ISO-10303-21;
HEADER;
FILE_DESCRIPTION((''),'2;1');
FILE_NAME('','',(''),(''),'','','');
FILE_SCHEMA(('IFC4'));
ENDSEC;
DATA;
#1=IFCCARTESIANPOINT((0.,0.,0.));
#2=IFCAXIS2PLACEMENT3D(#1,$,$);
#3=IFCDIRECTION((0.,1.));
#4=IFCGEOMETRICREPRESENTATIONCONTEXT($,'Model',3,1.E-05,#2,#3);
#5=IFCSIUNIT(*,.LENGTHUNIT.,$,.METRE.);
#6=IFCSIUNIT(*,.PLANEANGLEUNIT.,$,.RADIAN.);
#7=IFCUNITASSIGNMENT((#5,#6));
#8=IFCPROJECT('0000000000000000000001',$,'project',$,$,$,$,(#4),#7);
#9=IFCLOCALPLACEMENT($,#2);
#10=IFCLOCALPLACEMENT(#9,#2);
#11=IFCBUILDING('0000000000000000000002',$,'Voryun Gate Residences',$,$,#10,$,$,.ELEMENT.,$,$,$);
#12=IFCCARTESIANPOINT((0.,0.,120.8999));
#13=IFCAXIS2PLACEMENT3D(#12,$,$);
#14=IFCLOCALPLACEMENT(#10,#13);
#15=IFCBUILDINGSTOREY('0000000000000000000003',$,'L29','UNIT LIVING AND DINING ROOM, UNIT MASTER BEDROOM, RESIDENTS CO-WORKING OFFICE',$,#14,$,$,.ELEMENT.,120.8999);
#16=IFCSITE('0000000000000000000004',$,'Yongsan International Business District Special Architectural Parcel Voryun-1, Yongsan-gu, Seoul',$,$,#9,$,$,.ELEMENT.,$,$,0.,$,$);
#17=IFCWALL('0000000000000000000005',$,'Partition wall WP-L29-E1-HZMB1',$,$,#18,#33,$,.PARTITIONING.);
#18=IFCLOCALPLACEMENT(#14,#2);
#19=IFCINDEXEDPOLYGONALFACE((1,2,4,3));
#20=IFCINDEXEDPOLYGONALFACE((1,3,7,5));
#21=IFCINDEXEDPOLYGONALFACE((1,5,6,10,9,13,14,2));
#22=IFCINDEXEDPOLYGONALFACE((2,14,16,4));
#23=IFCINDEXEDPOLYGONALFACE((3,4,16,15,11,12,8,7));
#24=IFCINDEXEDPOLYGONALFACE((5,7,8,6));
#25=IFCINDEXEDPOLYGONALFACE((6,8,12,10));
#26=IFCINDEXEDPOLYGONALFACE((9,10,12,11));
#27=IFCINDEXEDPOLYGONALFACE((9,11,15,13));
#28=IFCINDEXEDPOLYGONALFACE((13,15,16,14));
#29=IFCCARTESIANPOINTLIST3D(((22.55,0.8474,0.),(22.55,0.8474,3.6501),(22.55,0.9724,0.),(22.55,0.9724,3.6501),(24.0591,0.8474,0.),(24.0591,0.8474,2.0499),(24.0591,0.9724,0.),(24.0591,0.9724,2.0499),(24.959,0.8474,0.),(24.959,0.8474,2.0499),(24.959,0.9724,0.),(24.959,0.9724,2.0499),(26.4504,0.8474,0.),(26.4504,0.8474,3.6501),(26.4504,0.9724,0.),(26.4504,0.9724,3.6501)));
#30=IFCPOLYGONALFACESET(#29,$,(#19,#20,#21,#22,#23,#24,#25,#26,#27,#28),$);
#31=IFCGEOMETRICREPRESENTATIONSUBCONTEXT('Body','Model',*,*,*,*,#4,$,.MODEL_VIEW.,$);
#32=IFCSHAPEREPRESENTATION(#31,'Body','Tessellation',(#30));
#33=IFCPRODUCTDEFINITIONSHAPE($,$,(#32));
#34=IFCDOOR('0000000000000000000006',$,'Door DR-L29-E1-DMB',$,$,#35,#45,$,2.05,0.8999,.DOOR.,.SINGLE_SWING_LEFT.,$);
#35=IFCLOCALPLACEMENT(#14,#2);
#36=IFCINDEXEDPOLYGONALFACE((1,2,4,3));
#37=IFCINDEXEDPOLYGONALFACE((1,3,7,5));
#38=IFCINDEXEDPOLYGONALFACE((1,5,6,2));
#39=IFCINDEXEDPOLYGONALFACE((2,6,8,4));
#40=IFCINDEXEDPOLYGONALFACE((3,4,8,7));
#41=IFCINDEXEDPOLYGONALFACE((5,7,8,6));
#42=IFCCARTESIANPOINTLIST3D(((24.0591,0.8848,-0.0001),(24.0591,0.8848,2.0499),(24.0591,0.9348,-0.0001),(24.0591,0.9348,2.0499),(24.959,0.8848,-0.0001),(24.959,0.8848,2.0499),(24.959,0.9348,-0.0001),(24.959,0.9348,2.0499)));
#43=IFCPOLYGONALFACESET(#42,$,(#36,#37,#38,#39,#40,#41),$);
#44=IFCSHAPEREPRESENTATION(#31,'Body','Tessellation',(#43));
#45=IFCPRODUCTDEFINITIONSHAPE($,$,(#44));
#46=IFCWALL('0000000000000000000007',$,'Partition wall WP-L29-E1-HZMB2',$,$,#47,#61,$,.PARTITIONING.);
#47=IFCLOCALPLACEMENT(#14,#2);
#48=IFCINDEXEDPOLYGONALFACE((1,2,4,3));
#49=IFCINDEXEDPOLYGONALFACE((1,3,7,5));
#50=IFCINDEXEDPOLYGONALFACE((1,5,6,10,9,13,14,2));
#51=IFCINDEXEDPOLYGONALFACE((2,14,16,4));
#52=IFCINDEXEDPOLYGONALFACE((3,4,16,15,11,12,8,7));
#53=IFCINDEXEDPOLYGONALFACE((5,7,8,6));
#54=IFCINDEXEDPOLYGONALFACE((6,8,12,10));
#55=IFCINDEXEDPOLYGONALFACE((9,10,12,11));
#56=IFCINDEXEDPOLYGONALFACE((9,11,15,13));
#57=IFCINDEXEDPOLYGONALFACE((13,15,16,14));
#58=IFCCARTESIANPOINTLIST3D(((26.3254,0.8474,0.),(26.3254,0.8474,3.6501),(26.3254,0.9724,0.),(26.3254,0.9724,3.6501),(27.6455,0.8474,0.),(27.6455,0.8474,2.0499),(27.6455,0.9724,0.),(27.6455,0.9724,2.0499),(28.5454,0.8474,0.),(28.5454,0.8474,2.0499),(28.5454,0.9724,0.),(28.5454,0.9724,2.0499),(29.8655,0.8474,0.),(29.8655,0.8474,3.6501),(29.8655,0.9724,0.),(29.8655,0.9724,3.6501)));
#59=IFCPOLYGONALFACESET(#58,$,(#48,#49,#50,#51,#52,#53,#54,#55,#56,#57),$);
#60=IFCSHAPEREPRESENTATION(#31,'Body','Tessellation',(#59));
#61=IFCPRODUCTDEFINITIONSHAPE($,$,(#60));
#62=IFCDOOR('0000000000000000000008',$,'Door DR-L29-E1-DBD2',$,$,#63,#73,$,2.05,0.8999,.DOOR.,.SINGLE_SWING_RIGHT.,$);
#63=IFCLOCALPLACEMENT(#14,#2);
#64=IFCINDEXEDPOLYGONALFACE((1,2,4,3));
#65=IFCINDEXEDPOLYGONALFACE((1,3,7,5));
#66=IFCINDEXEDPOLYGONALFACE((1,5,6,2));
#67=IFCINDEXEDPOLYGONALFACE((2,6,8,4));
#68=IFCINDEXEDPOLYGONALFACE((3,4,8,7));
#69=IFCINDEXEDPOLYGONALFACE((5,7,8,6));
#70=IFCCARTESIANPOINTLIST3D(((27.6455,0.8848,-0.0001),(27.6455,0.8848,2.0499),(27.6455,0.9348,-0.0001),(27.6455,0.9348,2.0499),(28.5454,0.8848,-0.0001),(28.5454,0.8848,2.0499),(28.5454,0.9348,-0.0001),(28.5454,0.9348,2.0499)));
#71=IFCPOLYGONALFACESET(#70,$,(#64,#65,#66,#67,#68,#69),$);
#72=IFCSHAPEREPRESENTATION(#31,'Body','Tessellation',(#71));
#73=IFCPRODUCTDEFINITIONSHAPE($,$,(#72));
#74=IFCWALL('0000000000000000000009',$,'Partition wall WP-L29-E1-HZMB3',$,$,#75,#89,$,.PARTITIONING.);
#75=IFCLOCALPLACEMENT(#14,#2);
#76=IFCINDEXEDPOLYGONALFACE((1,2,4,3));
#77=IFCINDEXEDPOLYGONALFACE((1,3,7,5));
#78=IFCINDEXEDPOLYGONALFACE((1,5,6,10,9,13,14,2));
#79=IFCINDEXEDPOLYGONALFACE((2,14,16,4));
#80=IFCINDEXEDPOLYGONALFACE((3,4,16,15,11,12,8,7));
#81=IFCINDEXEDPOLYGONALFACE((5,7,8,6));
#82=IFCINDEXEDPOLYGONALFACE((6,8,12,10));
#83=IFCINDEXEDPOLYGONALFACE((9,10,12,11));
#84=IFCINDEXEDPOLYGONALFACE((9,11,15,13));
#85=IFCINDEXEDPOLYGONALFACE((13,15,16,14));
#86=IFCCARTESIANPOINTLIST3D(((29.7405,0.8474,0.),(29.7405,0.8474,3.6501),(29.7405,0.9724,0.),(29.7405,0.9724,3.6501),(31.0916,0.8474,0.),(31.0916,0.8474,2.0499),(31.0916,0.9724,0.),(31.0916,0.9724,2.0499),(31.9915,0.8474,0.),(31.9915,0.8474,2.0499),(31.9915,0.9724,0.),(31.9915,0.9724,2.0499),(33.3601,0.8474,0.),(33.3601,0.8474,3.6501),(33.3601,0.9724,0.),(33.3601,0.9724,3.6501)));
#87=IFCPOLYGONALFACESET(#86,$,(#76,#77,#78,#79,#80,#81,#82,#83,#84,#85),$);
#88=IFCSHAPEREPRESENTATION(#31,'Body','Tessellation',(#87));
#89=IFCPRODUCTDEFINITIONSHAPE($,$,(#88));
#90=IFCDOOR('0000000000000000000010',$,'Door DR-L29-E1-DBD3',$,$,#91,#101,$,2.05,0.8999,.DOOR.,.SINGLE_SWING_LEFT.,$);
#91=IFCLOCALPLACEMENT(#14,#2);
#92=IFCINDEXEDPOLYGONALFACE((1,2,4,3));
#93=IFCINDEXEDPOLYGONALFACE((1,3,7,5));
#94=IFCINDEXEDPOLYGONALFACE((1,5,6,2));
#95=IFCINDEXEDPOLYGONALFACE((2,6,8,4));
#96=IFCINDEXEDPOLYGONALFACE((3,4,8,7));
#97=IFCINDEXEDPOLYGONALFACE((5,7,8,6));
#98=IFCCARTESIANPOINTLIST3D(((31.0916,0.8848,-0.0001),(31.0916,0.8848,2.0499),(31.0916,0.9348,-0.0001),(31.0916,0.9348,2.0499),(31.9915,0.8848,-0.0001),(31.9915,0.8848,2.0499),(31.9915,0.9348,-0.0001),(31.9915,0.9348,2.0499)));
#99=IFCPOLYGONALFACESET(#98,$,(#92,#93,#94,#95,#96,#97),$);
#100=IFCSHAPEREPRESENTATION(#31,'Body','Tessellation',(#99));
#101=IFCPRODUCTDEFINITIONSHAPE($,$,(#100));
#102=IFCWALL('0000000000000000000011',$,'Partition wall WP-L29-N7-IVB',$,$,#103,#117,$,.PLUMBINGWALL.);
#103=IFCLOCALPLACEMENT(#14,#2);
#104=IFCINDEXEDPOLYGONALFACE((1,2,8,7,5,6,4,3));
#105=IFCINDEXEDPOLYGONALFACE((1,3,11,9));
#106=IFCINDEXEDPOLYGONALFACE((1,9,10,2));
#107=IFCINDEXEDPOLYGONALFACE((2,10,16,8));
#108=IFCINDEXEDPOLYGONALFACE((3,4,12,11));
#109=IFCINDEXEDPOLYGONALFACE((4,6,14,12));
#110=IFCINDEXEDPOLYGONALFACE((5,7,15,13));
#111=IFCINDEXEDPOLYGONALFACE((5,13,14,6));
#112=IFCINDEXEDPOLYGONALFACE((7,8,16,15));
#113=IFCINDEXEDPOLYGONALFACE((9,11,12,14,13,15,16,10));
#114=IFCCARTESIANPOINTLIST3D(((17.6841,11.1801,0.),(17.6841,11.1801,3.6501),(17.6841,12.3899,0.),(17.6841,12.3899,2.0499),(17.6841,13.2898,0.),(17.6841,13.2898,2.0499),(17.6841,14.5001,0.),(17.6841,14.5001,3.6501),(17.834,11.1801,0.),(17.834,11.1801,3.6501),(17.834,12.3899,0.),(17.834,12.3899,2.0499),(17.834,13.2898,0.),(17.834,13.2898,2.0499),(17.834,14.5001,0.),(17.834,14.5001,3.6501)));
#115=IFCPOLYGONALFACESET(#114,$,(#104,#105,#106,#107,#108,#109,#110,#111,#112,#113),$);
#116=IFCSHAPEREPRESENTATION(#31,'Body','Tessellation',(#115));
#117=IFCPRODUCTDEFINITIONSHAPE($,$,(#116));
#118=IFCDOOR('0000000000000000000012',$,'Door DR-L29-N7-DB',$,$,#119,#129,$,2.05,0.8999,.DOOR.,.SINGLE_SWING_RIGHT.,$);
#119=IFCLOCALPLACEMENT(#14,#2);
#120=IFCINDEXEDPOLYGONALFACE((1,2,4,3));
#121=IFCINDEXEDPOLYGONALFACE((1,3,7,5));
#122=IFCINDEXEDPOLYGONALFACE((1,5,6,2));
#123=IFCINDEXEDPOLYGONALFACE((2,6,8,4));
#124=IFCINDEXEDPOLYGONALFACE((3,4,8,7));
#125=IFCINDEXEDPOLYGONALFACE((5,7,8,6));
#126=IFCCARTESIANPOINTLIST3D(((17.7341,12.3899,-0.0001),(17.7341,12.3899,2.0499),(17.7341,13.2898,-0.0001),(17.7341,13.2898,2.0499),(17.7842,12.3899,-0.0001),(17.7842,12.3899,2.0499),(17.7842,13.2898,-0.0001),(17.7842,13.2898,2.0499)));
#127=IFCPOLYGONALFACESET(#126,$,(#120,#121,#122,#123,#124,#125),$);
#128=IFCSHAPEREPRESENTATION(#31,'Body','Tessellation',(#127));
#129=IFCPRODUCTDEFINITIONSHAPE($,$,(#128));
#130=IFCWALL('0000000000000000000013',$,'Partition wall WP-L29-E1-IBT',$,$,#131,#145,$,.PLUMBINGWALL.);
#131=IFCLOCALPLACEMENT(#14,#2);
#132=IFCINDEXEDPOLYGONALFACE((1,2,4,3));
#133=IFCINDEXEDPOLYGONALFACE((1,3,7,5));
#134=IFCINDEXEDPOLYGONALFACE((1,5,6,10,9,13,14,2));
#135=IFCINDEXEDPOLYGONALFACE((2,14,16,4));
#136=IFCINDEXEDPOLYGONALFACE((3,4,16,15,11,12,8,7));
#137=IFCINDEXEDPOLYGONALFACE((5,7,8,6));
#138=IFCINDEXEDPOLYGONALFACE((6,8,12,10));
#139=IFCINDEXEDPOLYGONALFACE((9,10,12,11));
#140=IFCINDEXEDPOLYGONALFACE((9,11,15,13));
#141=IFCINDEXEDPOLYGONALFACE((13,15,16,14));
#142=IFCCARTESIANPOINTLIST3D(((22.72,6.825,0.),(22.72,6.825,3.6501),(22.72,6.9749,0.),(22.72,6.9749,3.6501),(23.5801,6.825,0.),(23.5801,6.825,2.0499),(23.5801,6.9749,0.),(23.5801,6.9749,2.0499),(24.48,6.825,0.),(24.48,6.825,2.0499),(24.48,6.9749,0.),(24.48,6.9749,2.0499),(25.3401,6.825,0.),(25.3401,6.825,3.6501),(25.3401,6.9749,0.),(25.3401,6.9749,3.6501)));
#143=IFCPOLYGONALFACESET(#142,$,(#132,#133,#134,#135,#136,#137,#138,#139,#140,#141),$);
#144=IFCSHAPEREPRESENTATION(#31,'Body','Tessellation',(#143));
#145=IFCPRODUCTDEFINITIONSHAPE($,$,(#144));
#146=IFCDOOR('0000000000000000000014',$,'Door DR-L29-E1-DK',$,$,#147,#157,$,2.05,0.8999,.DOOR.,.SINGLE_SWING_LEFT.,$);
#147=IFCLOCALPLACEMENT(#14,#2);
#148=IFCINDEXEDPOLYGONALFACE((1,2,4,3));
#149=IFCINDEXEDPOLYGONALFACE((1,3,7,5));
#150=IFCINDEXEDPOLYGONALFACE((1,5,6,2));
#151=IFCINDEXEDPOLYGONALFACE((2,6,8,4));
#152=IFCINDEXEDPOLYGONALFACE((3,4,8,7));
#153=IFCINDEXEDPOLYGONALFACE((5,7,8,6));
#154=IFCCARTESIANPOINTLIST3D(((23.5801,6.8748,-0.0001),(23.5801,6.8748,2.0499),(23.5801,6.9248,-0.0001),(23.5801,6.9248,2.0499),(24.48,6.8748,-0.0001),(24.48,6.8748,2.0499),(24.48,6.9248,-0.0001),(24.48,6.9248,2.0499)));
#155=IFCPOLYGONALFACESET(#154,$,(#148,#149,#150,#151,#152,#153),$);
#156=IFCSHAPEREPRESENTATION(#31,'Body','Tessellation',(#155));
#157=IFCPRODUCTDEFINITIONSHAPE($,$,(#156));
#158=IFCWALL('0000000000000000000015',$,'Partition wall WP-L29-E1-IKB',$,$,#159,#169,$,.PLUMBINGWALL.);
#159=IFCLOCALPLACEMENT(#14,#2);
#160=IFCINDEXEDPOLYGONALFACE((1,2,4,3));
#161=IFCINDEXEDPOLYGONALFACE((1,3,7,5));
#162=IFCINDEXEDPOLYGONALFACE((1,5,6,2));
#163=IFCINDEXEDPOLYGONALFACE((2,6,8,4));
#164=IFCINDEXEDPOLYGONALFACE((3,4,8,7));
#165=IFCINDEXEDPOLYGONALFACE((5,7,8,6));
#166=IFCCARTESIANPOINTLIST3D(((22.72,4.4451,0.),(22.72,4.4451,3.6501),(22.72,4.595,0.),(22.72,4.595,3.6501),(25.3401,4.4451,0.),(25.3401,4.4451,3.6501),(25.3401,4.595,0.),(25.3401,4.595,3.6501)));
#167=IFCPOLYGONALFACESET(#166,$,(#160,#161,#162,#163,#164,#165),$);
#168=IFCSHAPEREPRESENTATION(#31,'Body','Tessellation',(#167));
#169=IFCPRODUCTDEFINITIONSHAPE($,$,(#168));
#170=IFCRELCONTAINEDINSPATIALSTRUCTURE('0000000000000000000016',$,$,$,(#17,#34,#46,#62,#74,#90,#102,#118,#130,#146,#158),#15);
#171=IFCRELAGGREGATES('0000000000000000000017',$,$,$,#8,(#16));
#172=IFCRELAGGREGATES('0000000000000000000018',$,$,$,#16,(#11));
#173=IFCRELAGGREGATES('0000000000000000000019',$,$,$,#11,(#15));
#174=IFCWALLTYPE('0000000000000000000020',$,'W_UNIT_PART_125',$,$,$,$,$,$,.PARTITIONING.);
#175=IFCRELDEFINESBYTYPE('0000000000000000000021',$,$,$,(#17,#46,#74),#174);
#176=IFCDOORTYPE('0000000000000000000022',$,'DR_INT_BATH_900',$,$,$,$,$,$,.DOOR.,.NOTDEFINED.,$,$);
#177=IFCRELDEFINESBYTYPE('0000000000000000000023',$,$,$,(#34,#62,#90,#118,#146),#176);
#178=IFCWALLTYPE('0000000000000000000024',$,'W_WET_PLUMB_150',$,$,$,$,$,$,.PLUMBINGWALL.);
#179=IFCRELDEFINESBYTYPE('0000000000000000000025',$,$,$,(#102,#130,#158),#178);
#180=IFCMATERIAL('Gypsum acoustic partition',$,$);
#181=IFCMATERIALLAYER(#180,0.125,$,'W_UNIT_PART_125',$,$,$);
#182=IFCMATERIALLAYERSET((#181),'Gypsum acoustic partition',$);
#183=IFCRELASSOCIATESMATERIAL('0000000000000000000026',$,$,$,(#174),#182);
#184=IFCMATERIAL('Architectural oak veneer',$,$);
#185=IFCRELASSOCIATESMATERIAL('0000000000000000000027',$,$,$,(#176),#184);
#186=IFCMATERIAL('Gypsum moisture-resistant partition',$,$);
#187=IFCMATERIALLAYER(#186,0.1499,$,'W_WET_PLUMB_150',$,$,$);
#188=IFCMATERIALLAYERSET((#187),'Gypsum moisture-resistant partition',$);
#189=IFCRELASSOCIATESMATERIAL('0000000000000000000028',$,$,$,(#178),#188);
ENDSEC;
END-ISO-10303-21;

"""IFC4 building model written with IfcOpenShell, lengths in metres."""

from ifc_helpers import new_model, si_unit, direction, frame, frame_2d, origin, place, context, subcontext, project, spatial, rectangle, extrude, material, layer, layer_set, type_object, element, fill, save


model = new_model("IFC4")

# Units and contexts
model_context = context("Model", 3, precision=1e-05, world=origin(), true_north=direction((0.0, 1.0)))
body_context = subcontext(model_context, "Body", "Model", "MODEL_VIEW")
ifc_project = project(units=[si_unit("LENGTHUNIT", "METRE"), si_unit("PLANEANGLEUNIT", "RADIAN")], contexts=[model_context])

# Site, building, storey
site_placement = place(None, origin())
site = spatial("IfcSite", under=ifc_project, at=site_placement, Name="Yongsan International Business District Special Architectural Parcel Voryun-1, Yongsan-gu, Seoul", CompositionType="ELEMENT", RefElevation=0.0)
building_placement = place(site_placement, origin())
building = spatial("IfcBuilding", under=site, at=building_placement, Name="Voryun Gate Residences", CompositionType="ELEMENT")
storey_placement = place(building_placement, frame((0.0, 0.0, 120.8999)))
storey = spatial("IfcBuildingStorey", under=building, at=storey_placement, Name="L29", Description="UNIT LIVING AND DINING ROOM, UNIT MASTER BEDROOM, RESIDENTS CO-WORKING OFFICE", CompositionType="ELEMENT", Elevation=120.8999)

# Walls, openings, doors
ifc_material_1 = material(Name="Gypsum acoustic partition")
ifc_layer_1 = layer(ifc_material_1, 0.125, Name="W_UNIT_PART_125")
ifc_layer_set_1 = layer_set([ifc_layer_1], Name="Gypsum acoustic partition")
wall_type_1 = type_object("IfcWallType", Name="W_UNIT_PART_125", PredefinedType="PARTITIONING", material=ifc_layer_set_1)
wall_1_placement = place(storey_placement, frame((22.55, 0.9099, 0.0), z_axis=(0.0, 0.0, 1.0), x_axis=(1.0, 0.0, 0.0)))
wall_1 = element("IfcWall", 1, at=wall_1_placement, inside=storey, type_object=wall_type_1, Name="Partition wall WP-L29-E1-HZMB1", PredefinedType="PARTITIONING", context=body_context, shape_type="SweptSolid", body=[
    extrude(rectangle(XDim=3.9004, YDim=0.125, at=frame_2d((1.9502, 0.0))), origin(), (0.0, 0.0, 1.0), 3.6501),
])
opening_1_placement = place(wall_1_placement, frame((1.509, 0.0, 0.0)))
opening_1 = element("IfcOpeningElement", 2, at=opening_1_placement, cuts=wall_1, PredefinedType="OPENING", context=body_context, shape_type="SweptSolid", body=[
    extrude(rectangle(XDim=0.8999, YDim=2.05, at=frame_2d((0.45, 1.0249))), frame((0.0, 0.0725, 0.0), z_axis=(0.0, -1.0, 0.0), x_axis=(1.0, 0.0, 0.0)), (0.0, 0.0, 1.0), 0.145),
])
ifc_material_2 = material(Name="Architectural oak veneer")
door_type_1 = type_object("IfcDoorType", Name="DR_INT_BATH_900", OperationType="NOTDEFINED", PredefinedType="DOOR", material=ifc_material_2)
door_1_placement = place(opening_1_placement, origin())
door_1 = element("IfcDoor", 3, at=door_1_placement, inside=storey, type_object=door_type_1, Name="Door DR-L29-E1-DMB", OperationType="SINGLE_SWING_LEFT", OverallHeight=2.05, OverallWidth=0.8999, PredefinedType="DOOR", context=body_context, shape_type="SweptSolid", body=[
    extrude(rectangle(XDim=0.8999, YDim=2.05, at=frame_2d((0.45, 1.0249))), frame((0.0, 0.0249, 0.0), z_axis=(0.0, -1.0, 0.0), x_axis=(1.0, 0.0, 0.0)), (0.0, 0.0, 1.0), 0.05),
])
fill(opening_1, door_1)
wall_2_placement = place(storey_placement, frame((26.3254, 0.9099, 0.0), z_axis=(0.0, 0.0, 1.0), x_axis=(1.0, 0.0, 0.0)))
wall_2 = element("IfcWall", 4, at=wall_2_placement, inside=storey, type_object=wall_type_1, Name="Partition wall WP-L29-E1-HZMB2", PredefinedType="PARTITIONING", context=body_context, shape_type="SweptSolid", body=[
    extrude(rectangle(XDim=3.54, YDim=0.125, at=frame_2d((1.77, 0.0))), origin(), (0.0, 0.0, 1.0), 3.6501),
])
opening_2_placement = place(wall_2_placement, frame((1.3201, 0.0, 0.0)))
opening_2 = element("IfcOpeningElement", 5, at=opening_2_placement, cuts=wall_2, PredefinedType="OPENING", context=body_context, shape_type="SweptSolid", body=[
    extrude(rectangle(XDim=0.8999, YDim=2.05, at=frame_2d((0.45, 1.0249))), frame((0.0, 0.0725, 0.0), z_axis=(0.0, -1.0, 0.0), x_axis=(1.0, 0.0, 0.0)), (0.0, 0.0, 1.0), 0.145),
])
door_2_placement = place(opening_2_placement, origin())
door_2 = element("IfcDoor", 6, at=door_2_placement, inside=storey, type_object=door_type_1, Name="Door DR-L29-E1-DBD2", OperationType="SINGLE_SWING_RIGHT", OverallHeight=2.05, OverallWidth=0.8999, PredefinedType="DOOR", context=body_context, shape_type="SweptSolid", body=[
    extrude(rectangle(XDim=0.8999, YDim=2.05, at=frame_2d((0.45, 1.0249))), frame((0.0, 0.0249, 0.0), z_axis=(0.0, -1.0, 0.0), x_axis=(1.0, 0.0, 0.0)), (0.0, 0.0, 1.0), 0.05),
])
fill(opening_2, door_2)
wall_3_placement = place(storey_placement, frame((29.7405, 0.9099, 0.0), z_axis=(0.0, 0.0, 1.0), x_axis=(1.0, 0.0, 0.0)))
wall_3 = element("IfcWall", 7, at=wall_3_placement, inside=storey, type_object=wall_type_1, Name="Partition wall WP-L29-E1-HZMB3", PredefinedType="PARTITIONING", context=body_context, shape_type="SweptSolid", body=[
    extrude(rectangle(XDim=3.6196, YDim=0.125, at=frame_2d((1.8098, 0.0))), origin(), (0.0, 0.0, 1.0), 3.6501),
])
opening_3_placement = place(wall_3_placement, frame((1.3511, 0.0, 0.0)))
opening_3 = element("IfcOpeningElement", 8, at=opening_3_placement, cuts=wall_3, PredefinedType="OPENING", context=body_context, shape_type="SweptSolid", body=[
    extrude(rectangle(XDim=0.8999, YDim=2.05, at=frame_2d((0.45, 1.0249))), frame((0.0, 0.0725, 0.0), z_axis=(0.0, -1.0, 0.0), x_axis=(1.0, 0.0, 0.0)), (0.0, 0.0, 1.0), 0.145),
])
door_3_placement = place(opening_3_placement, origin())
door_3 = element("IfcDoor", 9, at=door_3_placement, inside=storey, type_object=door_type_1, Name="Door DR-L29-E1-DBD3", OperationType="SINGLE_SWING_LEFT", OverallHeight=2.05, OverallWidth=0.8999, PredefinedType="DOOR", context=body_context, shape_type="SweptSolid", body=[
    extrude(rectangle(XDim=0.8999, YDim=2.05, at=frame_2d((0.45, 1.0249))), frame((0.0, 0.0249, 0.0), z_axis=(0.0, -1.0, 0.0), x_axis=(1.0, 0.0, 0.0)), (0.0, 0.0, 1.0), 0.05),
])
fill(opening_3, door_3)
ifc_material_3 = material(Name="Gypsum moisture-resistant partition")
ifc_layer_2 = layer(ifc_material_3, 0.1499, Name="W_WET_PLUMB_150")
ifc_layer_set_2 = layer_set([ifc_layer_2], Name="Gypsum moisture-resistant partition")
wall_type_2 = type_object("IfcWallType", Name="W_WET_PLUMB_150", PredefinedType="PLUMBINGWALL", material=ifc_layer_set_2)
wall_4_placement = place(storey_placement, frame((17.759, 11.1799, 0.0), z_axis=(0.0, 0.0, 1.0), x_axis=(0.0, 1.0, 0.0)))
wall_4 = element("IfcWall", 10, at=wall_4_placement, inside=storey, type_object=wall_type_2, Name="Partition wall WP-L29-N7-IVB", PredefinedType="PLUMBINGWALL", context=body_context, shape_type="SweptSolid", body=[
    extrude(rectangle(XDim=3.3201, YDim=0.1499, at=frame_2d((1.6602, 0.0))), origin(), (0.0, 0.0, 1.0), 3.6501),
])
opening_4_placement = place(wall_4_placement, frame((1.21, 0.0, 0.0)))
opening_4 = element("IfcOpeningElement", 11, at=opening_4_placement, cuts=wall_4, PredefinedType="OPENING", context=body_context, shape_type="SweptSolid", body=[
    extrude(rectangle(XDim=0.8999, YDim=2.05, at=frame_2d((0.45, 1.0249))), frame((0.0, 0.085, 0.0), z_axis=(0.0, -1.0, 0.0), x_axis=(1.0, 0.0, 0.0)), (0.0, 0.0, 1.0), 0.1699),
])
door_4_placement = place(opening_4_placement, origin())
door_4 = element("IfcDoor", 12, at=door_4_placement, inside=storey, type_object=door_type_1, Name="Door DR-L29-N7-DB", OperationType="SINGLE_SWING_RIGHT", OverallHeight=2.05, OverallWidth=0.8999, PredefinedType="DOOR", context=body_context, shape_type="SweptSolid", body=[
    extrude(rectangle(XDim=0.8999, YDim=2.05, at=frame_2d((0.45, 1.0249))), frame((0.0, 0.0249, 0.0), z_axis=(0.0, -1.0, 0.0), x_axis=(1.0, 0.0, 0.0)), (0.0, 0.0, 1.0), 0.05),
])
fill(opening_4, door_4)
wall_5_placement = place(storey_placement, frame((22.72, 6.8999, 0.0), z_axis=(0.0, 0.0, 1.0), x_axis=(1.0, 0.0, 0.0)))
wall_5 = element("IfcWall", 13, at=wall_5_placement, inside=storey, type_object=wall_type_2, Name="Partition wall WP-L29-E1-IBT", PredefinedType="PLUMBINGWALL", context=body_context, shape_type="SweptSolid", body=[
    extrude(rectangle(XDim=2.6201, YDim=0.1499, at=frame_2d((1.3101, 0.0))), origin(), (0.0, 0.0, 1.0), 3.6501),
])
opening_5_placement = place(wall_5_placement, frame((0.8601, 0.0, 0.0)))
opening_5 = element("IfcOpeningElement", 14, at=opening_5_placement, cuts=wall_5, PredefinedType="OPENING", context=body_context, shape_type="SweptSolid", body=[
    extrude(rectangle(XDim=0.8999, YDim=2.05, at=frame_2d((0.45, 1.0249))), frame((0.0, 0.085, 0.0), z_axis=(0.0, -1.0, 0.0), x_axis=(1.0, 0.0, 0.0)), (0.0, 0.0, 1.0), 0.1699),
])
door_5_placement = place(opening_5_placement, origin())
door_5 = element("IfcDoor", 15, at=door_5_placement, inside=storey, type_object=door_type_1, Name="Door DR-L29-E1-DK", OperationType="SINGLE_SWING_LEFT", OverallHeight=2.05, OverallWidth=0.8999, PredefinedType="DOOR", context=body_context, shape_type="SweptSolid", body=[
    extrude(rectangle(XDim=0.8999, YDim=2.05, at=frame_2d((0.45, 1.0249))), frame((0.0, 0.0249, 0.0), z_axis=(0.0, -1.0, 0.0), x_axis=(1.0, 0.0, 0.0)), (0.0, 0.0, 1.0), 0.05),
])
fill(opening_5, door_5)

# Wall
for number, where, z_axis, x_axis, name in (
    (16, (22.72, 4.52, 0.0), (0.0, 0.0, 1.0), (1.0, 0.0, 0.0), "Partition wall WP-L29-E1-IKB"),
):
    element("IfcWall", number, at=place(storey_placement, frame(where, z_axis=z_axis, x_axis=x_axis)), inside=storey, type_object=wall_type_2, Name=name, PredefinedType="PLUMBINGWALL", context=body_context, shape_type="SweptSolid", body=[
        extrude(rectangle(XDim=2.6201, YDim=0.1499, at=frame_2d((1.3101, 0.0))), origin(), (0.0, 0.0, 1.0), 3.6501),
    ])

save(model, "model.ifc")
